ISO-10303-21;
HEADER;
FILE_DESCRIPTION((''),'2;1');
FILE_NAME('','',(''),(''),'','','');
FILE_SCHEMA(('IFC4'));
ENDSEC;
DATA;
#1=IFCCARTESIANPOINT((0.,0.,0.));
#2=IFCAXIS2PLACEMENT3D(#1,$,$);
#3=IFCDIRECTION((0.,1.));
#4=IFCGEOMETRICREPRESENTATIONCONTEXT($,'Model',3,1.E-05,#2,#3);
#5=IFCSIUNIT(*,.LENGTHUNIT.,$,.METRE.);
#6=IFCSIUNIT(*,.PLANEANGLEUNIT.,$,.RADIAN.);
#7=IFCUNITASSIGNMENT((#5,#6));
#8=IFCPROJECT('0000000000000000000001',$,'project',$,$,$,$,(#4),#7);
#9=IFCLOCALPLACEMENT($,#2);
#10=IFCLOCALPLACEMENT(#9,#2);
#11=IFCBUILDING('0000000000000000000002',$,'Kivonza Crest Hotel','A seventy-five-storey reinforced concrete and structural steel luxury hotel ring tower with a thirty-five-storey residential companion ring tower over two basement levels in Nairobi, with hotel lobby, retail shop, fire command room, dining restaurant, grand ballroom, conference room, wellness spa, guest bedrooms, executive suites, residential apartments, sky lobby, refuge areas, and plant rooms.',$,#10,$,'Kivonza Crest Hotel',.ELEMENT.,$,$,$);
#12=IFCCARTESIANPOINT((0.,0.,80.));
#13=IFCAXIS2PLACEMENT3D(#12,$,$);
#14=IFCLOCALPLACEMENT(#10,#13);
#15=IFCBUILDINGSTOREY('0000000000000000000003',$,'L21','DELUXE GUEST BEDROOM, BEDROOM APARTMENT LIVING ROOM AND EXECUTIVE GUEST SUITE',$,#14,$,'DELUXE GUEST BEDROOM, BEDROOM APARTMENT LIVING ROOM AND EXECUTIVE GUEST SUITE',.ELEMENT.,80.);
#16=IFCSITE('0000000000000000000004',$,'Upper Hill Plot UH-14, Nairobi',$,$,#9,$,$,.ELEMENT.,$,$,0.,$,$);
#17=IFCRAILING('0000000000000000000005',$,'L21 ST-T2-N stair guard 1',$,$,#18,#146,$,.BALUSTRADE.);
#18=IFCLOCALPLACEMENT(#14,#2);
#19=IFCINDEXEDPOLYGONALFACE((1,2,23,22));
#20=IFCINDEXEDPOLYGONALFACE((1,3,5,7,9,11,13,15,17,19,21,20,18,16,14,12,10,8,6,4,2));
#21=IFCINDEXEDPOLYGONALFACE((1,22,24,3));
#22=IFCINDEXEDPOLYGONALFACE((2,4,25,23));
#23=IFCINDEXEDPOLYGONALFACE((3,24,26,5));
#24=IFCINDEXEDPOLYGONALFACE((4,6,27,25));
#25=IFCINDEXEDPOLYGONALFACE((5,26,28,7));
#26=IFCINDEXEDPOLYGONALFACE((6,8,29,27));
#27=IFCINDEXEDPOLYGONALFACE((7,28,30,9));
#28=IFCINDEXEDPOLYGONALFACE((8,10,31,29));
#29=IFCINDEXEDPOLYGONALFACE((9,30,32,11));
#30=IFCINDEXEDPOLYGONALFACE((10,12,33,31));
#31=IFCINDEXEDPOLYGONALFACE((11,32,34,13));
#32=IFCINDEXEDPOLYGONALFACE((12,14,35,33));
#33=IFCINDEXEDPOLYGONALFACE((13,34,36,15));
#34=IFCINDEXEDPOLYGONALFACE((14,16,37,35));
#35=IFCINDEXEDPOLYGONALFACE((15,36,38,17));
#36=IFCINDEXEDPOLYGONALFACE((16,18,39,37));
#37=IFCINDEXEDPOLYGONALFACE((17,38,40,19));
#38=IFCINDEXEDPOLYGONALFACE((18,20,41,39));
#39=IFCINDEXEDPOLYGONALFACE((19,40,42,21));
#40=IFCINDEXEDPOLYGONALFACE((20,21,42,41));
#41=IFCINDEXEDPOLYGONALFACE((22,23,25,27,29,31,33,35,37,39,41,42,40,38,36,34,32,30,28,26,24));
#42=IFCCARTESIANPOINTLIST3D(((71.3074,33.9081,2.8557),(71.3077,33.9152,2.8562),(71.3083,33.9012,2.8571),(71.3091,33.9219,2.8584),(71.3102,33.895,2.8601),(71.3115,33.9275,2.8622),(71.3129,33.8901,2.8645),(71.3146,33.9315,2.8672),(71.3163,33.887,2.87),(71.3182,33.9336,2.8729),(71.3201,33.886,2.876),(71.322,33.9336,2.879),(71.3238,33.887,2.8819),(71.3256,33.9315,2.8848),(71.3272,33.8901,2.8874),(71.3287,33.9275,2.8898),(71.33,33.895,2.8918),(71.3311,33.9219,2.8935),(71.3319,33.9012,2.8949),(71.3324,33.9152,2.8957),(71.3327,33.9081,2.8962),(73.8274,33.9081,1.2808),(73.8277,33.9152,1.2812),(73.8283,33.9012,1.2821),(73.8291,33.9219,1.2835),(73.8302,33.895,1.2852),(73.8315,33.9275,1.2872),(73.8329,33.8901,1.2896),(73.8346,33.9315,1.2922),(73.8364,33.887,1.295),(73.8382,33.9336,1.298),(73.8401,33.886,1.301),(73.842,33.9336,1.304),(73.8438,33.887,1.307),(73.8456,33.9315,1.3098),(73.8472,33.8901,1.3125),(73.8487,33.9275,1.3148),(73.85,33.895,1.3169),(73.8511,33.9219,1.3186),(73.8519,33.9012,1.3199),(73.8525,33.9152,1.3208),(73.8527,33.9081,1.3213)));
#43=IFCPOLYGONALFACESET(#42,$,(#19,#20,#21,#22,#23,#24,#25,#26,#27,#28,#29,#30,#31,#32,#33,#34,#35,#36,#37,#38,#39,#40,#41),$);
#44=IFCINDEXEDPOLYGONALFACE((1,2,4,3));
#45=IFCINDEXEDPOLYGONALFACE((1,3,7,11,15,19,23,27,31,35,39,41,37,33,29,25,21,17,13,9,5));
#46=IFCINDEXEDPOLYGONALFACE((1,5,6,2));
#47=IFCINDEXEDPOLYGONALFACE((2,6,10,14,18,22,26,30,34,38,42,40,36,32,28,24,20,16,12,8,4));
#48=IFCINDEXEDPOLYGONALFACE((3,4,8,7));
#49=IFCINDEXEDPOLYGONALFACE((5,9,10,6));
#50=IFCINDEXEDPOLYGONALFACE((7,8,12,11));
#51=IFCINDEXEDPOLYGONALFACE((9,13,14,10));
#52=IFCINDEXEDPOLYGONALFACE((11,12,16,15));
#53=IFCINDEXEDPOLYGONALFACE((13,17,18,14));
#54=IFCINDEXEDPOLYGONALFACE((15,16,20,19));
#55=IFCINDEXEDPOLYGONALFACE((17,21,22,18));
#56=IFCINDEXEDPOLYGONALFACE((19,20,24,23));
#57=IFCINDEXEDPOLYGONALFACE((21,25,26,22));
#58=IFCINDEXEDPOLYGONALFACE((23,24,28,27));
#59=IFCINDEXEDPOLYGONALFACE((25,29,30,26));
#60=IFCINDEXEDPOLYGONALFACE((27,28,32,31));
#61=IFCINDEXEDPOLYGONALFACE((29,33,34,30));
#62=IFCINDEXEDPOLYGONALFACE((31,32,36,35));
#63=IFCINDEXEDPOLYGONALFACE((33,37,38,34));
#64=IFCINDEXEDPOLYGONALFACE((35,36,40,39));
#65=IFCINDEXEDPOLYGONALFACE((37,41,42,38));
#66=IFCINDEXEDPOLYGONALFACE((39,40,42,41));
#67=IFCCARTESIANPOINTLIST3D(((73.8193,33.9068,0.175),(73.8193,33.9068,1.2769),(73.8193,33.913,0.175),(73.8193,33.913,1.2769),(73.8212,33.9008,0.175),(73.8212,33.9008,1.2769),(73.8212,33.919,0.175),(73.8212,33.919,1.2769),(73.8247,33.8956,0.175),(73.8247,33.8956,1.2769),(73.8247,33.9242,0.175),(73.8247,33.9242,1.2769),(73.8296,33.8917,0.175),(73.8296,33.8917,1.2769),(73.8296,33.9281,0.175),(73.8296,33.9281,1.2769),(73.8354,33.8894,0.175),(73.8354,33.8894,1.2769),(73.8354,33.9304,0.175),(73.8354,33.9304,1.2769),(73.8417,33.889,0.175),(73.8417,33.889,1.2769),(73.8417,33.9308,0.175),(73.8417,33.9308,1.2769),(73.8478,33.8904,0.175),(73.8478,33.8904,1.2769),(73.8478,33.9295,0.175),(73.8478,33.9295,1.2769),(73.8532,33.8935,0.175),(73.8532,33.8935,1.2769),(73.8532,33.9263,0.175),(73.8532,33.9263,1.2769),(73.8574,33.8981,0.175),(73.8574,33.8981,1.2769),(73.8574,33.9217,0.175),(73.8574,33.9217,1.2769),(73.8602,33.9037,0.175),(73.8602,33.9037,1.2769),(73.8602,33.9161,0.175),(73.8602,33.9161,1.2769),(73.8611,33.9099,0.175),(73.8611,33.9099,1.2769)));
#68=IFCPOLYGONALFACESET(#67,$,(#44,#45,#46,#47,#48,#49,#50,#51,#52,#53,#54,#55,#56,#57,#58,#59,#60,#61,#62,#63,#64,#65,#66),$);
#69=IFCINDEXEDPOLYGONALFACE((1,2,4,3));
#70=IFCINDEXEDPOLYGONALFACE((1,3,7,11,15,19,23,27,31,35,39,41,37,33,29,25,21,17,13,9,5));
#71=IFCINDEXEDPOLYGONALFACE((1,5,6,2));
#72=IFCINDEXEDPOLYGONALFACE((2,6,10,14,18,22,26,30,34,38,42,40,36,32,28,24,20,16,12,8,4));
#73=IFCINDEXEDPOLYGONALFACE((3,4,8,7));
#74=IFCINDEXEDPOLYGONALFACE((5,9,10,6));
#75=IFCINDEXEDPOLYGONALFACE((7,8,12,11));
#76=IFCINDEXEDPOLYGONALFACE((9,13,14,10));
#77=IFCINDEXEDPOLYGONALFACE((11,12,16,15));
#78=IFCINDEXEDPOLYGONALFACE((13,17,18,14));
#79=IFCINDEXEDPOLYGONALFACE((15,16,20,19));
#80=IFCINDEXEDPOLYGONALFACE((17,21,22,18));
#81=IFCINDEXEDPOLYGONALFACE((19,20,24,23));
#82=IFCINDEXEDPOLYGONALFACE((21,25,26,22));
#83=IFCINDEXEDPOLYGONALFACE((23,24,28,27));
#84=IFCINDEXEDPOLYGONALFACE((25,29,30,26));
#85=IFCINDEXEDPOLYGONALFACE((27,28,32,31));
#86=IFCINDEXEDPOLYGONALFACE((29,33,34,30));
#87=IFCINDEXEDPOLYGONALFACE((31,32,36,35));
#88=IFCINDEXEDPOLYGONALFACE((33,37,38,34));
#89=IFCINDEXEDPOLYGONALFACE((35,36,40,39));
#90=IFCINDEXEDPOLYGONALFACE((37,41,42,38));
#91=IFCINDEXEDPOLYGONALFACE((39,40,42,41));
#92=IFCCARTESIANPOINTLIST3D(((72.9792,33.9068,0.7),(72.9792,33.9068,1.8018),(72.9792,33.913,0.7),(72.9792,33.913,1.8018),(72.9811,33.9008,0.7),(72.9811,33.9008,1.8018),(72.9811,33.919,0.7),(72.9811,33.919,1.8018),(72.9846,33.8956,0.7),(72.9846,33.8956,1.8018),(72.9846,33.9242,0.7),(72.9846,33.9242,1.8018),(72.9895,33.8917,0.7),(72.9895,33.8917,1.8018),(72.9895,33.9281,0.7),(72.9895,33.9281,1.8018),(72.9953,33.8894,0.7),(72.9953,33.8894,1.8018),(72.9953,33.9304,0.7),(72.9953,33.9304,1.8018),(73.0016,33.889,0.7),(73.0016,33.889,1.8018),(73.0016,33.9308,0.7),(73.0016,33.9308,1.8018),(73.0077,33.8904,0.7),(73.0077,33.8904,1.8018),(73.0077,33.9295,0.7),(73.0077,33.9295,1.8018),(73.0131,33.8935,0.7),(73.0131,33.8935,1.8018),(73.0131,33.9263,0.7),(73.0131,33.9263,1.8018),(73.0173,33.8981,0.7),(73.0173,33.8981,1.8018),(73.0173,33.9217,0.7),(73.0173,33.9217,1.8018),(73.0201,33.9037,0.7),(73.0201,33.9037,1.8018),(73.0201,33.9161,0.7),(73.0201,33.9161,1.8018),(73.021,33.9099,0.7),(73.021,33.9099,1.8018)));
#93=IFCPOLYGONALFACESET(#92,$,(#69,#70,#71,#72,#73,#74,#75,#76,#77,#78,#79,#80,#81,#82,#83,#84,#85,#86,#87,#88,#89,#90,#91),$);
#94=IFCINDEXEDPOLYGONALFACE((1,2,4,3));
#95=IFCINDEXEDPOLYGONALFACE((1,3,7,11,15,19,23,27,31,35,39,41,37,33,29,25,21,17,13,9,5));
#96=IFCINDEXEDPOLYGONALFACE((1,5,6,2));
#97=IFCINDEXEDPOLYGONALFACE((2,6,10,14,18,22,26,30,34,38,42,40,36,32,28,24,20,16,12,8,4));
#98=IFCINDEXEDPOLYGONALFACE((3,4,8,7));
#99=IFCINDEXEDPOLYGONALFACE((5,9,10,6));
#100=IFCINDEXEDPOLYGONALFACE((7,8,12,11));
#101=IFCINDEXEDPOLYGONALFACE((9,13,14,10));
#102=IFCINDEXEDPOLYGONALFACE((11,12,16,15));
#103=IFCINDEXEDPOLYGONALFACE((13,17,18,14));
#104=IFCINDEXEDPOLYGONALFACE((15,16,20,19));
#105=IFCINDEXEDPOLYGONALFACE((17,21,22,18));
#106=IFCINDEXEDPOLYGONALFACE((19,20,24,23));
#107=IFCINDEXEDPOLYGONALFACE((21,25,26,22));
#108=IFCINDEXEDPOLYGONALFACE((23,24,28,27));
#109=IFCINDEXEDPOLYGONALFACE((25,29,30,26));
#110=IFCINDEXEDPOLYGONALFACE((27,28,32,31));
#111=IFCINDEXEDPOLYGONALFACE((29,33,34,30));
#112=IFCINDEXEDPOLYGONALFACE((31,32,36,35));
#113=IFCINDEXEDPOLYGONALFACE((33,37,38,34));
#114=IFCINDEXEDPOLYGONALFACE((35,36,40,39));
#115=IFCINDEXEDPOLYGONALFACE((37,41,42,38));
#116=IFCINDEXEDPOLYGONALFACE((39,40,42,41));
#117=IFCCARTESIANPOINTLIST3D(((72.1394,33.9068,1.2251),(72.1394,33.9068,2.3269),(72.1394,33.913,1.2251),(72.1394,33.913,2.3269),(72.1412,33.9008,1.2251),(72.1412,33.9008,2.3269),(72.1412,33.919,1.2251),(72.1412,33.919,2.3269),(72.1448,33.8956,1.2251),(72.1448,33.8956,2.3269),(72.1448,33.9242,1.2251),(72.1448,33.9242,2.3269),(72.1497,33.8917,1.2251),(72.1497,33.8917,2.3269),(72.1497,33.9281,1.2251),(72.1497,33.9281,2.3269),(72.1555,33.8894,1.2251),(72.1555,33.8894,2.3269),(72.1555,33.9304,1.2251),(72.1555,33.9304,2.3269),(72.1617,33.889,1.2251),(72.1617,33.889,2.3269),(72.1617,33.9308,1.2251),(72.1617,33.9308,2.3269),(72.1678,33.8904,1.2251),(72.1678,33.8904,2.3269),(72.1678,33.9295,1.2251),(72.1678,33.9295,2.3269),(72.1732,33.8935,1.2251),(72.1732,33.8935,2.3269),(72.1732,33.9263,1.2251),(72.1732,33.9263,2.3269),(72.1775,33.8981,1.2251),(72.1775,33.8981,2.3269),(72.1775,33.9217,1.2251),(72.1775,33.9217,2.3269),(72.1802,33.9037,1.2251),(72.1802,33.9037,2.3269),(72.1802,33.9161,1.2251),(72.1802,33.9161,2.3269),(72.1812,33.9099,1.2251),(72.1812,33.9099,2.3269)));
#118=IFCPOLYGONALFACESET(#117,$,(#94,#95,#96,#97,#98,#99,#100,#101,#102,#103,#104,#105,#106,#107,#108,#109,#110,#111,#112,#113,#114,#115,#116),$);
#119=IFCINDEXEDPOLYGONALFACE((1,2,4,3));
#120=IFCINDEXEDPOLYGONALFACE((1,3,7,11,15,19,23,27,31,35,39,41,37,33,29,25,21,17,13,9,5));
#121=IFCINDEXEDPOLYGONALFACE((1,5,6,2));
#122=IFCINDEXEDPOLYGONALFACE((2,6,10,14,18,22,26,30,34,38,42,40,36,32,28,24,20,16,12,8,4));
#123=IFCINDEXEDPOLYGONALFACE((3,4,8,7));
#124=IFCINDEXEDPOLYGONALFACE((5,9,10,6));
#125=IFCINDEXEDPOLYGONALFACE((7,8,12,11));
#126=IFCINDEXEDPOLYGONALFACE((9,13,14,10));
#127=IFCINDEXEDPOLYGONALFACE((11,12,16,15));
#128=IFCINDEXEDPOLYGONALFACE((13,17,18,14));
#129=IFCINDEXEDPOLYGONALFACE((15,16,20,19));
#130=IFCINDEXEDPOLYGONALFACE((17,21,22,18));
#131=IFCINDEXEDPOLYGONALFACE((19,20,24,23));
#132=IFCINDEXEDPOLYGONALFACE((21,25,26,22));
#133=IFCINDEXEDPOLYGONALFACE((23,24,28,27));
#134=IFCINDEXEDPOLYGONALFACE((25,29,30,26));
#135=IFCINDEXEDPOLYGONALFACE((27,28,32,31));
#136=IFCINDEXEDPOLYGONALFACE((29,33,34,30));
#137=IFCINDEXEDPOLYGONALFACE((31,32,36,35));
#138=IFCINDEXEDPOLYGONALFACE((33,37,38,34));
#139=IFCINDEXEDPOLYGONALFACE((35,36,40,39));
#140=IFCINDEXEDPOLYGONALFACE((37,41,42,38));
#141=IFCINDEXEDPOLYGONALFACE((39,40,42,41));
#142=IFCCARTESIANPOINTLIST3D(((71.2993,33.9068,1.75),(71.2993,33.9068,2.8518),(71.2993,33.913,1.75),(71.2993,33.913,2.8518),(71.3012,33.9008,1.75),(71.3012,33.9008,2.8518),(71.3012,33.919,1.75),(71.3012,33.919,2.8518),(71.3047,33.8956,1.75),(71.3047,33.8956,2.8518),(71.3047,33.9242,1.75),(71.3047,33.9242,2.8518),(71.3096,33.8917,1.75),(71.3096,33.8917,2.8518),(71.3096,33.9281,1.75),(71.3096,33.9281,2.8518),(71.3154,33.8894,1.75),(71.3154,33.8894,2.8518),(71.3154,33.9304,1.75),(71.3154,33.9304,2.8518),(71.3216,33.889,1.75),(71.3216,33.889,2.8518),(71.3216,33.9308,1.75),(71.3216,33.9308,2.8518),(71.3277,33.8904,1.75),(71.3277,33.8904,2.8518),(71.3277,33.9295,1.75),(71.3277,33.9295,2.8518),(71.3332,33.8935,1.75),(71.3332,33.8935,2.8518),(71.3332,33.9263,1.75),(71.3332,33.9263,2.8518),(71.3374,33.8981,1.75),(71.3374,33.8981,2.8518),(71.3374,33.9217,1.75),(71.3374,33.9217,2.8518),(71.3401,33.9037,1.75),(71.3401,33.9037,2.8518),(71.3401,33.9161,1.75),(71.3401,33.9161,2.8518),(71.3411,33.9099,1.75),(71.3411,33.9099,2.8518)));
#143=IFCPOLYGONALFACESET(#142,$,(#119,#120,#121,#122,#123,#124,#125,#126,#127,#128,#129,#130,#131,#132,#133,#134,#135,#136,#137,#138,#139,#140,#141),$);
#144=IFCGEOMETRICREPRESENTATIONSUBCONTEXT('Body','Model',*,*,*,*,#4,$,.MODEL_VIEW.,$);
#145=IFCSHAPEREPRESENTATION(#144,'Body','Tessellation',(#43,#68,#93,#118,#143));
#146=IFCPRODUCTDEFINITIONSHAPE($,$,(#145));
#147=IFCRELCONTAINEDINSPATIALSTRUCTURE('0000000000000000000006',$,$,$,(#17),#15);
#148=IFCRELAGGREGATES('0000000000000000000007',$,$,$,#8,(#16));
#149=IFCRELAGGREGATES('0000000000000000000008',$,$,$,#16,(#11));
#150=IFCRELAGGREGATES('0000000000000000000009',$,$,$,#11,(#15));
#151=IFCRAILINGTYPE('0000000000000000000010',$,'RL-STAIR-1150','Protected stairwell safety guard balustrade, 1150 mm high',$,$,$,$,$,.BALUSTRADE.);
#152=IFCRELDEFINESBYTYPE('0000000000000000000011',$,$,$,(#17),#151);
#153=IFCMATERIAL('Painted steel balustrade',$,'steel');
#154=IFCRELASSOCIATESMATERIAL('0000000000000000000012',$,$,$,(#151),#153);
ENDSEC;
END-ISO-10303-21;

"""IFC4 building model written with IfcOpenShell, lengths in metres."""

from ifc_helpers import new_model, si_unit, direction, frame, origin, origin_2d, place, context, subcontext, project, spatial, circle, extrude, material, type_object, element, save


model = new_model("IFC4")

# Units and contexts
model_context = context("Model", 3, precision=1e-05, world=origin(), true_north=direction((0.0, 1.0)))
body_context = subcontext(model_context, "Body", "Model", "MODEL_VIEW")
ifc_project = project(units=[si_unit("LENGTHUNIT", "METRE"), si_unit("PLANEANGLEUNIT", "RADIAN")], contexts=[model_context])

# Site, building, storey
site_placement = place(None, origin())
site = spatial("IfcSite", under=ifc_project, at=site_placement, Name="Upper Hill Plot UH-14, Nairobi", CompositionType="ELEMENT", RefElevation=0.0)
building_placement = place(site_placement, origin())
building = spatial("IfcBuilding", under=site, at=building_placement, Name="Kivonza Crest Hotel", Description="A seventy-five-storey reinforced concrete and structural steel luxury hotel ring tower with a thirty-five-storey residential companion ring tower over two basement levels in Nairobi, with hotel lobby, retail shop, fire command room, dining restaurant, grand ballroom, conference room, wellness spa, guest bedrooms, executive suites, residential apartments, sky lobby, refuge areas, and plant rooms.", LongName="Kivonza Crest Hotel", CompositionType="ELEMENT")
storey_placement = place(building_placement, frame((0.0, 0.0, 80.0)))
storey = spatial("IfcBuildingStorey", under=building, at=storey_placement, Name="L21", Description="DELUXE GUEST BEDROOM, BEDROOM APARTMENT LIVING ROOM AND EXECUTIVE GUEST SUITE", LongName="DELUXE GUEST BEDROOM, BEDROOM APARTMENT LIVING ROOM AND EXECUTIVE GUEST SUITE", CompositionType="ELEMENT", Elevation=80.0)

# Railing
ifc_material_1 = material(Name="Painted steel balustrade", Category="steel")
railing_type_1 = type_object("IfcRailingType", Name="RL-STAIR-1150", Description="Protected stairwell safety guard balustrade, 1150 mm high", PredefinedType="BALUSTRADE", material=ifc_material_1)
railing_1_placement = place(storey_placement, frame((73.8401, 33.9099, 0.175)))
element("IfcRailing", 1, at=railing_1_placement, inside=storey, type_object=railing_type_1, Name="L21 ST-T2-N stair guard 1", PredefinedType="BALUSTRADE", context=body_context, shape_type="SweptSolid", body=[
    extrude(circle(Radius=0.0239, at=origin_2d()), frame((0.0, 0.0, 1.126), z_axis=(-0.848008, 0.0, 0.529984), x_axis=(0.0, -1.0, 0.0)), (0.0, 0.0, 1.0), 2.9717),
    extrude(circle(Radius=0.021, at=origin_2d()), origin(), (0.0, 0.0, 1.0), 1.1018),
    extrude(circle(Radius=0.021, at=origin_2d()), frame((-0.8401, 0.0, 0.5249)), (0.0, 0.0, 1.0), 1.1018),
    extrude(circle(Radius=0.021, at=origin_2d()), frame((-1.6799, 0.0, 1.05)), (0.0, 0.0, 1.0), 1.1018),
    extrude(circle(Radius=0.021, at=origin_2d()), frame((-2.52, 0.0, 1.575)), (0.0, 0.0, 1.0), 1.1018),
])

save(model, "model.ifc")
